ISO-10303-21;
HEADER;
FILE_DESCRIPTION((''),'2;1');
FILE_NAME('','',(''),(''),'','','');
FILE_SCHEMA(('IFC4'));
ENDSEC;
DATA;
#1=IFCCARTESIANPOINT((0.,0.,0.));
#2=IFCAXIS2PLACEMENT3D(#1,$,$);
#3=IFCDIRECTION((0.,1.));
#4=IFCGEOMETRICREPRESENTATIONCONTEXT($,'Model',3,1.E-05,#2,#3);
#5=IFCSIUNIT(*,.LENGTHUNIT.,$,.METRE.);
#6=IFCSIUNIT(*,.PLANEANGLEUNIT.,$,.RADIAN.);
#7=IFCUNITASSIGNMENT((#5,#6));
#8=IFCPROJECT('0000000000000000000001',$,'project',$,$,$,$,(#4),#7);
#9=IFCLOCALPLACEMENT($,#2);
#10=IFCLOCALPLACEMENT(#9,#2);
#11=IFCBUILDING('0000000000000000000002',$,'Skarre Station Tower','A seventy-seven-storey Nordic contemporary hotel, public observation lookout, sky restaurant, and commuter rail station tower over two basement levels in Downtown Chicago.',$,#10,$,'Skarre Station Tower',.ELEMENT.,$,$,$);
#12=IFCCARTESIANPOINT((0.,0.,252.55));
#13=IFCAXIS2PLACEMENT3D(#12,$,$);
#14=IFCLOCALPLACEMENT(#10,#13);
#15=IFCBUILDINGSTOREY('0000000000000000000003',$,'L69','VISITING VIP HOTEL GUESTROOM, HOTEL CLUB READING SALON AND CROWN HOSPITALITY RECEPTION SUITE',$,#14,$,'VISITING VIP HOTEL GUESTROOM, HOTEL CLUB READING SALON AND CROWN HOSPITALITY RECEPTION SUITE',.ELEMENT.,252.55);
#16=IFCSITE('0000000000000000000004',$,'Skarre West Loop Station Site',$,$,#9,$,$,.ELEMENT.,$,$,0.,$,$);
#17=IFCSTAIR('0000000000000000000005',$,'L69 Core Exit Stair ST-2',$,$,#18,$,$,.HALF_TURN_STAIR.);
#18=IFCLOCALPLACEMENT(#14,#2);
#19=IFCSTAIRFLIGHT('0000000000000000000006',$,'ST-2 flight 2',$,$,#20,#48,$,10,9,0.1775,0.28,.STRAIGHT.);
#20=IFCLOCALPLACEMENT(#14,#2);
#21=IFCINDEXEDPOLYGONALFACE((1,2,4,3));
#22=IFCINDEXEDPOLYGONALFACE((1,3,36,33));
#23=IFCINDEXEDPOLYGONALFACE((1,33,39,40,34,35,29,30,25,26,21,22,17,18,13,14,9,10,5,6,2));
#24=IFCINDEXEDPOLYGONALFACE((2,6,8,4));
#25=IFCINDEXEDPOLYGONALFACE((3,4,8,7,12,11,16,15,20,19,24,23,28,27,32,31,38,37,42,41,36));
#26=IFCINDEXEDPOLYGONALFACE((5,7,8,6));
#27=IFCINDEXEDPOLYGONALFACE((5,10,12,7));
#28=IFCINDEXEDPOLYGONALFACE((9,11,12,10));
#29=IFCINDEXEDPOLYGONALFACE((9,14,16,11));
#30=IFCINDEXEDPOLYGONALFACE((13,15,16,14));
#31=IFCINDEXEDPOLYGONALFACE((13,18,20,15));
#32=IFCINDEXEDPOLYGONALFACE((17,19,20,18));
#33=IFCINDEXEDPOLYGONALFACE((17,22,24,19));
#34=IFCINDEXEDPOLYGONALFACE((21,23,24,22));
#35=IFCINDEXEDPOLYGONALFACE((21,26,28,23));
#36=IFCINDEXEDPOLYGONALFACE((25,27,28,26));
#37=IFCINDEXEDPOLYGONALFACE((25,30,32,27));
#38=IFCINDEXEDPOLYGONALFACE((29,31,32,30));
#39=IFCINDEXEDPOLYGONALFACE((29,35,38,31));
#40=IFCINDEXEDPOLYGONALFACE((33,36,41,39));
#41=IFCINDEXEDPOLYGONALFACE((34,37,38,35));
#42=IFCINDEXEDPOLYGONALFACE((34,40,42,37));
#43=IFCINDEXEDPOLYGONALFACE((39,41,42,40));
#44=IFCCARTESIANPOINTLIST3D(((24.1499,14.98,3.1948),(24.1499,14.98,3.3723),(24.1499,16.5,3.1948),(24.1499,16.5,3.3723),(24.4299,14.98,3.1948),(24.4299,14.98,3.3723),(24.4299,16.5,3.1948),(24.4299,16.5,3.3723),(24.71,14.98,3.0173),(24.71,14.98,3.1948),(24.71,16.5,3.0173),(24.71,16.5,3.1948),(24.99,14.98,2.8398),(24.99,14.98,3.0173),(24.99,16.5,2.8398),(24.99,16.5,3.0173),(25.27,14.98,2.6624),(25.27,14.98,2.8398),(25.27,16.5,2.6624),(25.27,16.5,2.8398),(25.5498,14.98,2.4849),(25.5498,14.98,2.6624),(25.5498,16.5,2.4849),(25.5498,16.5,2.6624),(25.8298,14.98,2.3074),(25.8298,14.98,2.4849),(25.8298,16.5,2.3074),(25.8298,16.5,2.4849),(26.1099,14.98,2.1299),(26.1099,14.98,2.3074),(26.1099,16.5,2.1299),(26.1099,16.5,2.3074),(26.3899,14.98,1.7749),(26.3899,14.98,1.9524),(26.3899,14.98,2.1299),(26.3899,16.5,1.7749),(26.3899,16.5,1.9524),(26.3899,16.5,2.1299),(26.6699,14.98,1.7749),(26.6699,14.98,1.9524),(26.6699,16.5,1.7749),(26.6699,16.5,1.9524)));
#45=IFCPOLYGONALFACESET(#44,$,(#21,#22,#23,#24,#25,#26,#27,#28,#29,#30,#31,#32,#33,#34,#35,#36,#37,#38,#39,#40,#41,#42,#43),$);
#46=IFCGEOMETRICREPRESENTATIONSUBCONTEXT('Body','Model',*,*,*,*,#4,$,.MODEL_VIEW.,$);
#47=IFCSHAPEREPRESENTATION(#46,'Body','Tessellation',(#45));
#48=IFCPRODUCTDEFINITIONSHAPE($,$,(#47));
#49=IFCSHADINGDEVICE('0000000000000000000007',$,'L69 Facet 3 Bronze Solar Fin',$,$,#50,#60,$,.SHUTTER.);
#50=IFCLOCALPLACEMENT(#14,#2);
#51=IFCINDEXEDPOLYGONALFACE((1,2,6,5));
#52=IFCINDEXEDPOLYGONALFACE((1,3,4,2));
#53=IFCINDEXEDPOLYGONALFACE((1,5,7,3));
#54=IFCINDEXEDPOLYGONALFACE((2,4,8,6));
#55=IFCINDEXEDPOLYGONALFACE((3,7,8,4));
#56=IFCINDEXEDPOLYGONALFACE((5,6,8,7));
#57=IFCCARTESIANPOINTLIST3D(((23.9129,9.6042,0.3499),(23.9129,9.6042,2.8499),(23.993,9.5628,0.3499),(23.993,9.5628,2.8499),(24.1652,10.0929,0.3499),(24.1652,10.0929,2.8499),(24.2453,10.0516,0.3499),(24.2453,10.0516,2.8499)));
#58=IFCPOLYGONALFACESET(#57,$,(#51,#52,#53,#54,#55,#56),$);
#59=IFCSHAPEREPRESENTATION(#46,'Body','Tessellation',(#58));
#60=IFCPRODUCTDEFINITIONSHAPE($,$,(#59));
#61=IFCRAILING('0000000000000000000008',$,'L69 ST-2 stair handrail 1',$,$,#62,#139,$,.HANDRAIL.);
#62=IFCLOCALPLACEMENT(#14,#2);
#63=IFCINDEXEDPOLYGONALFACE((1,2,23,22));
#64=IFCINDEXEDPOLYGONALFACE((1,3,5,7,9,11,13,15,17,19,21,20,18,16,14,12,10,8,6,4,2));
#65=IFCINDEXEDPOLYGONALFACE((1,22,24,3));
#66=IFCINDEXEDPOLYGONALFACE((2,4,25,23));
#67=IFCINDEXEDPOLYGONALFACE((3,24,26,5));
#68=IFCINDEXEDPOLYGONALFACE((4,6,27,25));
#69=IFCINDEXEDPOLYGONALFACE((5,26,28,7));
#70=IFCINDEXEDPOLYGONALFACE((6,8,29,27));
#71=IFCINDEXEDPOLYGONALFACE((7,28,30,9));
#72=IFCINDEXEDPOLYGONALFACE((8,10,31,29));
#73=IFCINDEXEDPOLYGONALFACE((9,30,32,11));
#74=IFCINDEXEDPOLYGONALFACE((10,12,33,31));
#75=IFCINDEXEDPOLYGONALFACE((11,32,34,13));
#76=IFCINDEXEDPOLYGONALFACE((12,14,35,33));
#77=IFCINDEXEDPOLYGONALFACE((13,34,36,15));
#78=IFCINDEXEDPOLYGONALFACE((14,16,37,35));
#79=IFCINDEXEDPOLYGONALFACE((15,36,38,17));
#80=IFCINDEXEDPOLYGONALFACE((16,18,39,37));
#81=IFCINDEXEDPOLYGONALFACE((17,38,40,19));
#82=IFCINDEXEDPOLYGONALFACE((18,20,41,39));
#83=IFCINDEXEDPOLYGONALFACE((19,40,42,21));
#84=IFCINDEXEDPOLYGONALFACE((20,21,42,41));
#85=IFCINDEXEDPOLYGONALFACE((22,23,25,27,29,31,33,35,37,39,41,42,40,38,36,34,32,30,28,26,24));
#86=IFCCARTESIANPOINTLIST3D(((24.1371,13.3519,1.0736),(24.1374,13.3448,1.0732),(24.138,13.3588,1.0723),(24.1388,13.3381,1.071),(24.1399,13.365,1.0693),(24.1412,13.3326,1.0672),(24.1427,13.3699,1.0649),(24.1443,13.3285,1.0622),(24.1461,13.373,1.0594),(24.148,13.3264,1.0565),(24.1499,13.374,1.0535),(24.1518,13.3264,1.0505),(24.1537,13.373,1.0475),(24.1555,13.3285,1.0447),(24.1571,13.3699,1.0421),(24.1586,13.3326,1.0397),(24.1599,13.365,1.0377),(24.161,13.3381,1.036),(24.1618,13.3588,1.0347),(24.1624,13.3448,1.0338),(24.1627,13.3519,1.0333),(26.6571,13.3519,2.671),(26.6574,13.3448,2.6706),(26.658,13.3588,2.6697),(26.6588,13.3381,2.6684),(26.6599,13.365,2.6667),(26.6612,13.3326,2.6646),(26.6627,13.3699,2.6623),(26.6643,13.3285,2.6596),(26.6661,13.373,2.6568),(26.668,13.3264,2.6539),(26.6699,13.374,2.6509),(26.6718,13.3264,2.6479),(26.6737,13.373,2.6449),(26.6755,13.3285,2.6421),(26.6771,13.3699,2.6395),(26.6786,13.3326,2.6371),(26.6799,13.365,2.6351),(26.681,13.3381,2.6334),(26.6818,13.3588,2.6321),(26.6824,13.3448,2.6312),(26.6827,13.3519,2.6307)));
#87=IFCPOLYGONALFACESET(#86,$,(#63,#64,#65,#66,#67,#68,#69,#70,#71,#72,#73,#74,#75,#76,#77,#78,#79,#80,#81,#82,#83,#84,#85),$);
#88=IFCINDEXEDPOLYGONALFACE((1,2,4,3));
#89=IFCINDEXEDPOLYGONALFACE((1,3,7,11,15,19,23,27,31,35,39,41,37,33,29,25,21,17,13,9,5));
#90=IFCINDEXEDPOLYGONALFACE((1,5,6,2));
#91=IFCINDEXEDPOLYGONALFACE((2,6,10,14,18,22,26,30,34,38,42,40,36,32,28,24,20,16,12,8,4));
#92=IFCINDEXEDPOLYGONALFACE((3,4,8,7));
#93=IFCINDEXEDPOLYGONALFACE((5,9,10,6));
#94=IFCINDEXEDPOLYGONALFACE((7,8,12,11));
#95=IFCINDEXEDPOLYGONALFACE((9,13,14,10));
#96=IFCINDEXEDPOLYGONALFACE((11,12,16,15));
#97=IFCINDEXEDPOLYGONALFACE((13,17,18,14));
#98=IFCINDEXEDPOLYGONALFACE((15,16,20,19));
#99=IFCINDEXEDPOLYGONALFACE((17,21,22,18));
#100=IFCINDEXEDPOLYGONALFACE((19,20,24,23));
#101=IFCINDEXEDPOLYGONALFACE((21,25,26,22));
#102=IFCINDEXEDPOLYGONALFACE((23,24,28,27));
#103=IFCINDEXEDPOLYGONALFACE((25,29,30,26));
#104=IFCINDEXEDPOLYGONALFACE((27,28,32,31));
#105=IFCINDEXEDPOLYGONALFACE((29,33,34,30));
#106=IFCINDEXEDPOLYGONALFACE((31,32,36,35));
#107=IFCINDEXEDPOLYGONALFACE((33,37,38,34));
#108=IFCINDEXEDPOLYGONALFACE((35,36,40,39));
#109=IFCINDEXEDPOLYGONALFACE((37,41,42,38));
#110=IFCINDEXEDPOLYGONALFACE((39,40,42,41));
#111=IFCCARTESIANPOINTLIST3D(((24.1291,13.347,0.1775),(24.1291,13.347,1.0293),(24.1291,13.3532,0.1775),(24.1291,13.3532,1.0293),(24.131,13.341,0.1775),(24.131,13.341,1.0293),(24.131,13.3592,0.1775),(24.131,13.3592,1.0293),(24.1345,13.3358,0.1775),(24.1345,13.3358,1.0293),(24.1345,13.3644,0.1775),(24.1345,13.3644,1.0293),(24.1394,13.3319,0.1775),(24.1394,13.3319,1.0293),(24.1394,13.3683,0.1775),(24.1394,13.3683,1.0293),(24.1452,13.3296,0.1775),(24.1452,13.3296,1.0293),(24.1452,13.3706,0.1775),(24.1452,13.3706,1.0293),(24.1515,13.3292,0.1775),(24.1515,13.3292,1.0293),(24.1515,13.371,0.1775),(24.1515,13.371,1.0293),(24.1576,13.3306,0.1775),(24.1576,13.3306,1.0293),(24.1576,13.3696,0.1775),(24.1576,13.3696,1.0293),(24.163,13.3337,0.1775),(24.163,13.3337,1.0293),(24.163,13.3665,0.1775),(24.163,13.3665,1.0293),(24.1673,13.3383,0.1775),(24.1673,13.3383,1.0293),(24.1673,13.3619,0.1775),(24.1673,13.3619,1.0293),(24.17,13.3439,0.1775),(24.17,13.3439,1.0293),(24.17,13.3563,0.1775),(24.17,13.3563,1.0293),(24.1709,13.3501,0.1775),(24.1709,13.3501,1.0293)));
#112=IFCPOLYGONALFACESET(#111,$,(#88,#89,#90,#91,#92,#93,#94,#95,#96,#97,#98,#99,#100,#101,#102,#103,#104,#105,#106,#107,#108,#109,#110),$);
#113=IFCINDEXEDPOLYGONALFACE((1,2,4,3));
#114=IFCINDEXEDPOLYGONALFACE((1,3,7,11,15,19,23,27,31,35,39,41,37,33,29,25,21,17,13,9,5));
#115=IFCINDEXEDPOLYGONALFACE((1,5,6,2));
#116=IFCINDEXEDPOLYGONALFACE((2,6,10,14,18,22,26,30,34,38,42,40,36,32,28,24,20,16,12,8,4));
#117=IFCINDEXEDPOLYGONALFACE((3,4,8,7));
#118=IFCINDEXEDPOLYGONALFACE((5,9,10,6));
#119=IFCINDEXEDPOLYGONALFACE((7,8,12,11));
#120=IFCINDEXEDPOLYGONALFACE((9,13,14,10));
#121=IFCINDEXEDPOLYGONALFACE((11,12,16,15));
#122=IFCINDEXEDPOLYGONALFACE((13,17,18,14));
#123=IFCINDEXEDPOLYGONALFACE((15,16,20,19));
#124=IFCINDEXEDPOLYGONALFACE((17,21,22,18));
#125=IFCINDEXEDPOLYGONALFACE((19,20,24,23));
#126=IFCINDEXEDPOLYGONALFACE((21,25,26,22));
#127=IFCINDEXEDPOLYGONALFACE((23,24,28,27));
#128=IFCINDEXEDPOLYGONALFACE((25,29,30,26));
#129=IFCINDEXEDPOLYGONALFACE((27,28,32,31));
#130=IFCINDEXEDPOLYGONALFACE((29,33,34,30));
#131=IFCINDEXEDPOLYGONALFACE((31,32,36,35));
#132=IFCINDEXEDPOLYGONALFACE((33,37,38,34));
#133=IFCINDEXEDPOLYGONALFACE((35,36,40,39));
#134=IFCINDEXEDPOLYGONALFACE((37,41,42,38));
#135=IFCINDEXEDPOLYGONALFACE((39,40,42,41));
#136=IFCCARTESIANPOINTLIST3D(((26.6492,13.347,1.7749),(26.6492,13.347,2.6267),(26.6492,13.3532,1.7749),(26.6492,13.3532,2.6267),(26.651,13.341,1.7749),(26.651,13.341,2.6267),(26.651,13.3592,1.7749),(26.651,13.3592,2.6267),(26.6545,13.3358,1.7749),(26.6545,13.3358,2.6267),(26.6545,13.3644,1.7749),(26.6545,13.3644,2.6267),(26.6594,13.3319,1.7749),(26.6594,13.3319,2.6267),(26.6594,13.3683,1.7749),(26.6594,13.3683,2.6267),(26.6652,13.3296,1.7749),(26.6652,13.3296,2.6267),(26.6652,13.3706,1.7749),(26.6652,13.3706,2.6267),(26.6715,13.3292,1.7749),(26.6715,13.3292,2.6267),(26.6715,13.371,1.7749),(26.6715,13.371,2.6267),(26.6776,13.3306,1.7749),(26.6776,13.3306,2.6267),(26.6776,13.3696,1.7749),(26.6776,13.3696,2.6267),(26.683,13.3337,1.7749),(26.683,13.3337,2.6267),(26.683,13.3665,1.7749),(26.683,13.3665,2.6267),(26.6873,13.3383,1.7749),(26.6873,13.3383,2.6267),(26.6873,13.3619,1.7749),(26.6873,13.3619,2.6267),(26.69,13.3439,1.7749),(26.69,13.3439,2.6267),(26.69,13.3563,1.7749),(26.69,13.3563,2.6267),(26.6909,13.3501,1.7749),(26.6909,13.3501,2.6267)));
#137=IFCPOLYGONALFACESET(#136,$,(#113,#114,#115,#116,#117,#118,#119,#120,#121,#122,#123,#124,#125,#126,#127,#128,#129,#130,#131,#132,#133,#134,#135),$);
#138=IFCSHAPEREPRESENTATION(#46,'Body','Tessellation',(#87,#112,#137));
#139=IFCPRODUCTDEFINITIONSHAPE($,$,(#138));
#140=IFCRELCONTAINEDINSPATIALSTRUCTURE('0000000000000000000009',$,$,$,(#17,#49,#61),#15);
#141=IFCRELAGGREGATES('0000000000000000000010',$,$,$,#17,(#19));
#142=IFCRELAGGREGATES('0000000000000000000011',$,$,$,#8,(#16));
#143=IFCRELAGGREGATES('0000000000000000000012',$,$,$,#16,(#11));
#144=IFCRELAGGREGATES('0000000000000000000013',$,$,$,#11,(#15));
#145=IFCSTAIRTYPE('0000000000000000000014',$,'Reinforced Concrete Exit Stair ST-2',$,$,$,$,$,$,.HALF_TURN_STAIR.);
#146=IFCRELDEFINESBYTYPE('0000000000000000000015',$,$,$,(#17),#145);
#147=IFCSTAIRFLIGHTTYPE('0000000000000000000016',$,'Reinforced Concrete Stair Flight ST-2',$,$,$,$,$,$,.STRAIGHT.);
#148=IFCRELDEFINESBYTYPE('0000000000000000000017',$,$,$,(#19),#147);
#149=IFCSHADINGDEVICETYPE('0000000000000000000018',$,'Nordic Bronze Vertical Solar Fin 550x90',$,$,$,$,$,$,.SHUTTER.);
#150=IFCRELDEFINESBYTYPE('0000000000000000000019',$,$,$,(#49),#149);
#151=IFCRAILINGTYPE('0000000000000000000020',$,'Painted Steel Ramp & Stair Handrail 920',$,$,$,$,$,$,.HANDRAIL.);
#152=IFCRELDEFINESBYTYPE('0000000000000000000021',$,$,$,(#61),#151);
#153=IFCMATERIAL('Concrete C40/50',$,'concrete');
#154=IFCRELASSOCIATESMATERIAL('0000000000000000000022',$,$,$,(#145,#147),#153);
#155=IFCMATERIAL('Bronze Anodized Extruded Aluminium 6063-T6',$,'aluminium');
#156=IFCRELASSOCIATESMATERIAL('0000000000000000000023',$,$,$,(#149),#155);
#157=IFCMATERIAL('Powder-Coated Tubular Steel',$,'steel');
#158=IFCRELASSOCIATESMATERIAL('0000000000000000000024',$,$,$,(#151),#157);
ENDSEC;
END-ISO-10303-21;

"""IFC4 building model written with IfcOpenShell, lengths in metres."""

from ifc_helpers import new_model, si_unit, direction, frame, origin, origin_2d, place, context, subcontext, project, spatial, polyline, rectangle, circle, outline, extrude, material, type_object, element, aggregate, save


model = new_model("IFC4")

# Units and contexts
model_context = context("Model", 3, precision=1e-05, world=origin(), true_north=direction((0.0, 1.0)))
body_context = subcontext(model_context, "Body", "Model", "MODEL_VIEW")
ifc_project = project(units=[si_unit("LENGTHUNIT", "METRE"), si_unit("PLANEANGLEUNIT", "RADIAN")], contexts=[model_context])

# Site, building, storey
site_placement = place(None, origin())
site = spatial("IfcSite", under=ifc_project, at=site_placement, Name="Skarre West Loop Station Site", CompositionType="ELEMENT", RefElevation=0.0)
building_placement = place(site_placement, origin())
building = spatial("IfcBuilding", under=site, at=building_placement, Name="Skarre Station Tower", Description="A seventy-seven-storey Nordic contemporary hotel, public observation lookout, sky restaurant, and commuter rail station tower over two basement levels in Downtown Chicago.", LongName="Skarre Station Tower", CompositionType="ELEMENT")
storey_placement = place(building_placement, frame((0.0, 0.0, 252.55)))
storey = spatial("IfcBuildingStorey", under=building, at=storey_placement, Name="L69", Description="VISITING VIP HOTEL GUESTROOM, HOTEL CLUB READING SALON AND CROWN HOSPITALITY RECEPTION SUITE", LongName="VISITING VIP HOTEL GUESTROOM, HOTEL CLUB READING SALON AND CROWN HOSPITALITY RECEPTION SUITE", CompositionType="ELEMENT", Elevation=252.55)

# Stair, stair flight
ifc_material_1 = material(Name="Concrete C40/50", Category="concrete")
stair_type = type_object("IfcStairType", Name="Reinforced Concrete Exit Stair ST-2", PredefinedType="HALF_TURN_STAIR", material=ifc_material_1)
stair_placement = place(storey_placement, origin())
stair = element("IfcStair", 1, at=stair_placement, inside=storey, type_object=stair_type, Name="L69 Core Exit Stair ST-2", PredefinedType="HALF_TURN_STAIR")
stair_flight_type = type_object("IfcStairFlightType", Name="Reinforced Concrete Stair Flight ST-2", PredefinedType="STRAIGHT", material=ifc_material_1)
stair_flight_1_placement = place(storey_placement, frame((26.6699, 15.74, 1.7749), z_axis=(0.0, 0.0, 1.0), x_axis=(-1.0, 0.0, 0.0)))
stair_flight_1 = element("IfcStairFlight", 2, at=stair_flight_1_placement, type_object=stair_flight_type, Name="ST-2 flight 2", NumberOfRisers=10, NumberOfTreads=9, PredefinedType="STRAIGHT", RiserHeight=0.1775, TreadLength=0.28, context=body_context, shape_type="SweptSolid", body=[
    extrude(outline(polyline([(0.0, 0.0), (0.0, 0.1775), (0.28, 0.1775), (0.28, 0.355), (0.5601, 0.355), (0.5601, 0.5325), (0.8401, 0.5325), (0.8401, 0.71), (1.1201, 0.71), (1.1201, 0.8875), (1.3999, 0.8875), (1.3999, 1.0649), (1.6799, 1.0649), (1.6799, 1.2424), (1.96, 1.2424), (1.96, 1.4199), (2.24, 1.4199), (2.24, 1.5974), (2.52, 1.5974), (2.52, 1.7749), (2.52, 1.4199), (0.28, 0.0), (0.0, 0.0)])), frame((0.0, 0.76, 0.0), z_axis=(0.0, -1.0, 0.0), x_axis=(1.0, 0.0, 0.0)), (0.0, 0.0, 1.0), 1.52),
])
aggregate(stair, [stair_flight_1])

# Shading device
ifc_material_2 = material(Name="Bronze Anodized Extruded Aluminium 6063-T6", Category="aluminium")
shading_device_type = type_object("IfcShadingDeviceType", Name="Nordic Bronze Vertical Solar Fin 550x90", PredefinedType="SHUTTER", material=ifc_material_2)
shading_device_placement = place(storey_placement, frame((24.0791, 9.8279, 0.3499), z_axis=(0.0, 0.0, 1.0), x_axis=(-0.458712, -0.888585, 0.0)))
element("IfcShadingDevice", 3, at=shading_device_placement, inside=storey, type_object=shading_device_type, Name="L69 Facet 3 Bronze Solar Fin", PredefinedType="SHUTTER", context=body_context, shape_type="SweptSolid", body=[
    extrude(rectangle(XDim=0.55, YDim=0.0901, at=origin_2d()), origin(), (0.0, 0.0, 1.0), 2.5),
])

# Railing
ifc_material_3 = material(Name="Powder-Coated Tubular Steel", Category="steel")
railing_type_1 = type_object("IfcRailingType", Name="Painted Steel Ramp & Stair Handrail 920", PredefinedType="HANDRAIL", material=ifc_material_3)
railing_1_placement = place(storey_placement, frame((24.1499, 13.3501, 0.1775)))
element("IfcRailing", 4, at=railing_1_placement, inside=storey, type_object=railing_type_1, Name="L69 ST-2 stair handrail 1", PredefinedType="HANDRAIL", context=body_context, shape_type="SweptSolid", body=[
    extrude(circle(Radius=0.0239, at=origin_2d()), frame((0.0, 0.0, 0.876), z_axis=(0.844607, 0.0, 0.535387), x_axis=(0.0, 1.0, 0.0)), (0.0, 0.0, 1.0), 2.9836),
    extrude(circle(Radius=0.021, at=origin_2d()), origin(), (0.0, 0.0, 1.0), 0.8518),
    extrude(circle(Radius=0.021, at=origin_2d()), frame((2.52, 0.0, 1.5974)), (0.0, 0.0, 1.0), 0.8518),
])

save(model, "model.ifc")
